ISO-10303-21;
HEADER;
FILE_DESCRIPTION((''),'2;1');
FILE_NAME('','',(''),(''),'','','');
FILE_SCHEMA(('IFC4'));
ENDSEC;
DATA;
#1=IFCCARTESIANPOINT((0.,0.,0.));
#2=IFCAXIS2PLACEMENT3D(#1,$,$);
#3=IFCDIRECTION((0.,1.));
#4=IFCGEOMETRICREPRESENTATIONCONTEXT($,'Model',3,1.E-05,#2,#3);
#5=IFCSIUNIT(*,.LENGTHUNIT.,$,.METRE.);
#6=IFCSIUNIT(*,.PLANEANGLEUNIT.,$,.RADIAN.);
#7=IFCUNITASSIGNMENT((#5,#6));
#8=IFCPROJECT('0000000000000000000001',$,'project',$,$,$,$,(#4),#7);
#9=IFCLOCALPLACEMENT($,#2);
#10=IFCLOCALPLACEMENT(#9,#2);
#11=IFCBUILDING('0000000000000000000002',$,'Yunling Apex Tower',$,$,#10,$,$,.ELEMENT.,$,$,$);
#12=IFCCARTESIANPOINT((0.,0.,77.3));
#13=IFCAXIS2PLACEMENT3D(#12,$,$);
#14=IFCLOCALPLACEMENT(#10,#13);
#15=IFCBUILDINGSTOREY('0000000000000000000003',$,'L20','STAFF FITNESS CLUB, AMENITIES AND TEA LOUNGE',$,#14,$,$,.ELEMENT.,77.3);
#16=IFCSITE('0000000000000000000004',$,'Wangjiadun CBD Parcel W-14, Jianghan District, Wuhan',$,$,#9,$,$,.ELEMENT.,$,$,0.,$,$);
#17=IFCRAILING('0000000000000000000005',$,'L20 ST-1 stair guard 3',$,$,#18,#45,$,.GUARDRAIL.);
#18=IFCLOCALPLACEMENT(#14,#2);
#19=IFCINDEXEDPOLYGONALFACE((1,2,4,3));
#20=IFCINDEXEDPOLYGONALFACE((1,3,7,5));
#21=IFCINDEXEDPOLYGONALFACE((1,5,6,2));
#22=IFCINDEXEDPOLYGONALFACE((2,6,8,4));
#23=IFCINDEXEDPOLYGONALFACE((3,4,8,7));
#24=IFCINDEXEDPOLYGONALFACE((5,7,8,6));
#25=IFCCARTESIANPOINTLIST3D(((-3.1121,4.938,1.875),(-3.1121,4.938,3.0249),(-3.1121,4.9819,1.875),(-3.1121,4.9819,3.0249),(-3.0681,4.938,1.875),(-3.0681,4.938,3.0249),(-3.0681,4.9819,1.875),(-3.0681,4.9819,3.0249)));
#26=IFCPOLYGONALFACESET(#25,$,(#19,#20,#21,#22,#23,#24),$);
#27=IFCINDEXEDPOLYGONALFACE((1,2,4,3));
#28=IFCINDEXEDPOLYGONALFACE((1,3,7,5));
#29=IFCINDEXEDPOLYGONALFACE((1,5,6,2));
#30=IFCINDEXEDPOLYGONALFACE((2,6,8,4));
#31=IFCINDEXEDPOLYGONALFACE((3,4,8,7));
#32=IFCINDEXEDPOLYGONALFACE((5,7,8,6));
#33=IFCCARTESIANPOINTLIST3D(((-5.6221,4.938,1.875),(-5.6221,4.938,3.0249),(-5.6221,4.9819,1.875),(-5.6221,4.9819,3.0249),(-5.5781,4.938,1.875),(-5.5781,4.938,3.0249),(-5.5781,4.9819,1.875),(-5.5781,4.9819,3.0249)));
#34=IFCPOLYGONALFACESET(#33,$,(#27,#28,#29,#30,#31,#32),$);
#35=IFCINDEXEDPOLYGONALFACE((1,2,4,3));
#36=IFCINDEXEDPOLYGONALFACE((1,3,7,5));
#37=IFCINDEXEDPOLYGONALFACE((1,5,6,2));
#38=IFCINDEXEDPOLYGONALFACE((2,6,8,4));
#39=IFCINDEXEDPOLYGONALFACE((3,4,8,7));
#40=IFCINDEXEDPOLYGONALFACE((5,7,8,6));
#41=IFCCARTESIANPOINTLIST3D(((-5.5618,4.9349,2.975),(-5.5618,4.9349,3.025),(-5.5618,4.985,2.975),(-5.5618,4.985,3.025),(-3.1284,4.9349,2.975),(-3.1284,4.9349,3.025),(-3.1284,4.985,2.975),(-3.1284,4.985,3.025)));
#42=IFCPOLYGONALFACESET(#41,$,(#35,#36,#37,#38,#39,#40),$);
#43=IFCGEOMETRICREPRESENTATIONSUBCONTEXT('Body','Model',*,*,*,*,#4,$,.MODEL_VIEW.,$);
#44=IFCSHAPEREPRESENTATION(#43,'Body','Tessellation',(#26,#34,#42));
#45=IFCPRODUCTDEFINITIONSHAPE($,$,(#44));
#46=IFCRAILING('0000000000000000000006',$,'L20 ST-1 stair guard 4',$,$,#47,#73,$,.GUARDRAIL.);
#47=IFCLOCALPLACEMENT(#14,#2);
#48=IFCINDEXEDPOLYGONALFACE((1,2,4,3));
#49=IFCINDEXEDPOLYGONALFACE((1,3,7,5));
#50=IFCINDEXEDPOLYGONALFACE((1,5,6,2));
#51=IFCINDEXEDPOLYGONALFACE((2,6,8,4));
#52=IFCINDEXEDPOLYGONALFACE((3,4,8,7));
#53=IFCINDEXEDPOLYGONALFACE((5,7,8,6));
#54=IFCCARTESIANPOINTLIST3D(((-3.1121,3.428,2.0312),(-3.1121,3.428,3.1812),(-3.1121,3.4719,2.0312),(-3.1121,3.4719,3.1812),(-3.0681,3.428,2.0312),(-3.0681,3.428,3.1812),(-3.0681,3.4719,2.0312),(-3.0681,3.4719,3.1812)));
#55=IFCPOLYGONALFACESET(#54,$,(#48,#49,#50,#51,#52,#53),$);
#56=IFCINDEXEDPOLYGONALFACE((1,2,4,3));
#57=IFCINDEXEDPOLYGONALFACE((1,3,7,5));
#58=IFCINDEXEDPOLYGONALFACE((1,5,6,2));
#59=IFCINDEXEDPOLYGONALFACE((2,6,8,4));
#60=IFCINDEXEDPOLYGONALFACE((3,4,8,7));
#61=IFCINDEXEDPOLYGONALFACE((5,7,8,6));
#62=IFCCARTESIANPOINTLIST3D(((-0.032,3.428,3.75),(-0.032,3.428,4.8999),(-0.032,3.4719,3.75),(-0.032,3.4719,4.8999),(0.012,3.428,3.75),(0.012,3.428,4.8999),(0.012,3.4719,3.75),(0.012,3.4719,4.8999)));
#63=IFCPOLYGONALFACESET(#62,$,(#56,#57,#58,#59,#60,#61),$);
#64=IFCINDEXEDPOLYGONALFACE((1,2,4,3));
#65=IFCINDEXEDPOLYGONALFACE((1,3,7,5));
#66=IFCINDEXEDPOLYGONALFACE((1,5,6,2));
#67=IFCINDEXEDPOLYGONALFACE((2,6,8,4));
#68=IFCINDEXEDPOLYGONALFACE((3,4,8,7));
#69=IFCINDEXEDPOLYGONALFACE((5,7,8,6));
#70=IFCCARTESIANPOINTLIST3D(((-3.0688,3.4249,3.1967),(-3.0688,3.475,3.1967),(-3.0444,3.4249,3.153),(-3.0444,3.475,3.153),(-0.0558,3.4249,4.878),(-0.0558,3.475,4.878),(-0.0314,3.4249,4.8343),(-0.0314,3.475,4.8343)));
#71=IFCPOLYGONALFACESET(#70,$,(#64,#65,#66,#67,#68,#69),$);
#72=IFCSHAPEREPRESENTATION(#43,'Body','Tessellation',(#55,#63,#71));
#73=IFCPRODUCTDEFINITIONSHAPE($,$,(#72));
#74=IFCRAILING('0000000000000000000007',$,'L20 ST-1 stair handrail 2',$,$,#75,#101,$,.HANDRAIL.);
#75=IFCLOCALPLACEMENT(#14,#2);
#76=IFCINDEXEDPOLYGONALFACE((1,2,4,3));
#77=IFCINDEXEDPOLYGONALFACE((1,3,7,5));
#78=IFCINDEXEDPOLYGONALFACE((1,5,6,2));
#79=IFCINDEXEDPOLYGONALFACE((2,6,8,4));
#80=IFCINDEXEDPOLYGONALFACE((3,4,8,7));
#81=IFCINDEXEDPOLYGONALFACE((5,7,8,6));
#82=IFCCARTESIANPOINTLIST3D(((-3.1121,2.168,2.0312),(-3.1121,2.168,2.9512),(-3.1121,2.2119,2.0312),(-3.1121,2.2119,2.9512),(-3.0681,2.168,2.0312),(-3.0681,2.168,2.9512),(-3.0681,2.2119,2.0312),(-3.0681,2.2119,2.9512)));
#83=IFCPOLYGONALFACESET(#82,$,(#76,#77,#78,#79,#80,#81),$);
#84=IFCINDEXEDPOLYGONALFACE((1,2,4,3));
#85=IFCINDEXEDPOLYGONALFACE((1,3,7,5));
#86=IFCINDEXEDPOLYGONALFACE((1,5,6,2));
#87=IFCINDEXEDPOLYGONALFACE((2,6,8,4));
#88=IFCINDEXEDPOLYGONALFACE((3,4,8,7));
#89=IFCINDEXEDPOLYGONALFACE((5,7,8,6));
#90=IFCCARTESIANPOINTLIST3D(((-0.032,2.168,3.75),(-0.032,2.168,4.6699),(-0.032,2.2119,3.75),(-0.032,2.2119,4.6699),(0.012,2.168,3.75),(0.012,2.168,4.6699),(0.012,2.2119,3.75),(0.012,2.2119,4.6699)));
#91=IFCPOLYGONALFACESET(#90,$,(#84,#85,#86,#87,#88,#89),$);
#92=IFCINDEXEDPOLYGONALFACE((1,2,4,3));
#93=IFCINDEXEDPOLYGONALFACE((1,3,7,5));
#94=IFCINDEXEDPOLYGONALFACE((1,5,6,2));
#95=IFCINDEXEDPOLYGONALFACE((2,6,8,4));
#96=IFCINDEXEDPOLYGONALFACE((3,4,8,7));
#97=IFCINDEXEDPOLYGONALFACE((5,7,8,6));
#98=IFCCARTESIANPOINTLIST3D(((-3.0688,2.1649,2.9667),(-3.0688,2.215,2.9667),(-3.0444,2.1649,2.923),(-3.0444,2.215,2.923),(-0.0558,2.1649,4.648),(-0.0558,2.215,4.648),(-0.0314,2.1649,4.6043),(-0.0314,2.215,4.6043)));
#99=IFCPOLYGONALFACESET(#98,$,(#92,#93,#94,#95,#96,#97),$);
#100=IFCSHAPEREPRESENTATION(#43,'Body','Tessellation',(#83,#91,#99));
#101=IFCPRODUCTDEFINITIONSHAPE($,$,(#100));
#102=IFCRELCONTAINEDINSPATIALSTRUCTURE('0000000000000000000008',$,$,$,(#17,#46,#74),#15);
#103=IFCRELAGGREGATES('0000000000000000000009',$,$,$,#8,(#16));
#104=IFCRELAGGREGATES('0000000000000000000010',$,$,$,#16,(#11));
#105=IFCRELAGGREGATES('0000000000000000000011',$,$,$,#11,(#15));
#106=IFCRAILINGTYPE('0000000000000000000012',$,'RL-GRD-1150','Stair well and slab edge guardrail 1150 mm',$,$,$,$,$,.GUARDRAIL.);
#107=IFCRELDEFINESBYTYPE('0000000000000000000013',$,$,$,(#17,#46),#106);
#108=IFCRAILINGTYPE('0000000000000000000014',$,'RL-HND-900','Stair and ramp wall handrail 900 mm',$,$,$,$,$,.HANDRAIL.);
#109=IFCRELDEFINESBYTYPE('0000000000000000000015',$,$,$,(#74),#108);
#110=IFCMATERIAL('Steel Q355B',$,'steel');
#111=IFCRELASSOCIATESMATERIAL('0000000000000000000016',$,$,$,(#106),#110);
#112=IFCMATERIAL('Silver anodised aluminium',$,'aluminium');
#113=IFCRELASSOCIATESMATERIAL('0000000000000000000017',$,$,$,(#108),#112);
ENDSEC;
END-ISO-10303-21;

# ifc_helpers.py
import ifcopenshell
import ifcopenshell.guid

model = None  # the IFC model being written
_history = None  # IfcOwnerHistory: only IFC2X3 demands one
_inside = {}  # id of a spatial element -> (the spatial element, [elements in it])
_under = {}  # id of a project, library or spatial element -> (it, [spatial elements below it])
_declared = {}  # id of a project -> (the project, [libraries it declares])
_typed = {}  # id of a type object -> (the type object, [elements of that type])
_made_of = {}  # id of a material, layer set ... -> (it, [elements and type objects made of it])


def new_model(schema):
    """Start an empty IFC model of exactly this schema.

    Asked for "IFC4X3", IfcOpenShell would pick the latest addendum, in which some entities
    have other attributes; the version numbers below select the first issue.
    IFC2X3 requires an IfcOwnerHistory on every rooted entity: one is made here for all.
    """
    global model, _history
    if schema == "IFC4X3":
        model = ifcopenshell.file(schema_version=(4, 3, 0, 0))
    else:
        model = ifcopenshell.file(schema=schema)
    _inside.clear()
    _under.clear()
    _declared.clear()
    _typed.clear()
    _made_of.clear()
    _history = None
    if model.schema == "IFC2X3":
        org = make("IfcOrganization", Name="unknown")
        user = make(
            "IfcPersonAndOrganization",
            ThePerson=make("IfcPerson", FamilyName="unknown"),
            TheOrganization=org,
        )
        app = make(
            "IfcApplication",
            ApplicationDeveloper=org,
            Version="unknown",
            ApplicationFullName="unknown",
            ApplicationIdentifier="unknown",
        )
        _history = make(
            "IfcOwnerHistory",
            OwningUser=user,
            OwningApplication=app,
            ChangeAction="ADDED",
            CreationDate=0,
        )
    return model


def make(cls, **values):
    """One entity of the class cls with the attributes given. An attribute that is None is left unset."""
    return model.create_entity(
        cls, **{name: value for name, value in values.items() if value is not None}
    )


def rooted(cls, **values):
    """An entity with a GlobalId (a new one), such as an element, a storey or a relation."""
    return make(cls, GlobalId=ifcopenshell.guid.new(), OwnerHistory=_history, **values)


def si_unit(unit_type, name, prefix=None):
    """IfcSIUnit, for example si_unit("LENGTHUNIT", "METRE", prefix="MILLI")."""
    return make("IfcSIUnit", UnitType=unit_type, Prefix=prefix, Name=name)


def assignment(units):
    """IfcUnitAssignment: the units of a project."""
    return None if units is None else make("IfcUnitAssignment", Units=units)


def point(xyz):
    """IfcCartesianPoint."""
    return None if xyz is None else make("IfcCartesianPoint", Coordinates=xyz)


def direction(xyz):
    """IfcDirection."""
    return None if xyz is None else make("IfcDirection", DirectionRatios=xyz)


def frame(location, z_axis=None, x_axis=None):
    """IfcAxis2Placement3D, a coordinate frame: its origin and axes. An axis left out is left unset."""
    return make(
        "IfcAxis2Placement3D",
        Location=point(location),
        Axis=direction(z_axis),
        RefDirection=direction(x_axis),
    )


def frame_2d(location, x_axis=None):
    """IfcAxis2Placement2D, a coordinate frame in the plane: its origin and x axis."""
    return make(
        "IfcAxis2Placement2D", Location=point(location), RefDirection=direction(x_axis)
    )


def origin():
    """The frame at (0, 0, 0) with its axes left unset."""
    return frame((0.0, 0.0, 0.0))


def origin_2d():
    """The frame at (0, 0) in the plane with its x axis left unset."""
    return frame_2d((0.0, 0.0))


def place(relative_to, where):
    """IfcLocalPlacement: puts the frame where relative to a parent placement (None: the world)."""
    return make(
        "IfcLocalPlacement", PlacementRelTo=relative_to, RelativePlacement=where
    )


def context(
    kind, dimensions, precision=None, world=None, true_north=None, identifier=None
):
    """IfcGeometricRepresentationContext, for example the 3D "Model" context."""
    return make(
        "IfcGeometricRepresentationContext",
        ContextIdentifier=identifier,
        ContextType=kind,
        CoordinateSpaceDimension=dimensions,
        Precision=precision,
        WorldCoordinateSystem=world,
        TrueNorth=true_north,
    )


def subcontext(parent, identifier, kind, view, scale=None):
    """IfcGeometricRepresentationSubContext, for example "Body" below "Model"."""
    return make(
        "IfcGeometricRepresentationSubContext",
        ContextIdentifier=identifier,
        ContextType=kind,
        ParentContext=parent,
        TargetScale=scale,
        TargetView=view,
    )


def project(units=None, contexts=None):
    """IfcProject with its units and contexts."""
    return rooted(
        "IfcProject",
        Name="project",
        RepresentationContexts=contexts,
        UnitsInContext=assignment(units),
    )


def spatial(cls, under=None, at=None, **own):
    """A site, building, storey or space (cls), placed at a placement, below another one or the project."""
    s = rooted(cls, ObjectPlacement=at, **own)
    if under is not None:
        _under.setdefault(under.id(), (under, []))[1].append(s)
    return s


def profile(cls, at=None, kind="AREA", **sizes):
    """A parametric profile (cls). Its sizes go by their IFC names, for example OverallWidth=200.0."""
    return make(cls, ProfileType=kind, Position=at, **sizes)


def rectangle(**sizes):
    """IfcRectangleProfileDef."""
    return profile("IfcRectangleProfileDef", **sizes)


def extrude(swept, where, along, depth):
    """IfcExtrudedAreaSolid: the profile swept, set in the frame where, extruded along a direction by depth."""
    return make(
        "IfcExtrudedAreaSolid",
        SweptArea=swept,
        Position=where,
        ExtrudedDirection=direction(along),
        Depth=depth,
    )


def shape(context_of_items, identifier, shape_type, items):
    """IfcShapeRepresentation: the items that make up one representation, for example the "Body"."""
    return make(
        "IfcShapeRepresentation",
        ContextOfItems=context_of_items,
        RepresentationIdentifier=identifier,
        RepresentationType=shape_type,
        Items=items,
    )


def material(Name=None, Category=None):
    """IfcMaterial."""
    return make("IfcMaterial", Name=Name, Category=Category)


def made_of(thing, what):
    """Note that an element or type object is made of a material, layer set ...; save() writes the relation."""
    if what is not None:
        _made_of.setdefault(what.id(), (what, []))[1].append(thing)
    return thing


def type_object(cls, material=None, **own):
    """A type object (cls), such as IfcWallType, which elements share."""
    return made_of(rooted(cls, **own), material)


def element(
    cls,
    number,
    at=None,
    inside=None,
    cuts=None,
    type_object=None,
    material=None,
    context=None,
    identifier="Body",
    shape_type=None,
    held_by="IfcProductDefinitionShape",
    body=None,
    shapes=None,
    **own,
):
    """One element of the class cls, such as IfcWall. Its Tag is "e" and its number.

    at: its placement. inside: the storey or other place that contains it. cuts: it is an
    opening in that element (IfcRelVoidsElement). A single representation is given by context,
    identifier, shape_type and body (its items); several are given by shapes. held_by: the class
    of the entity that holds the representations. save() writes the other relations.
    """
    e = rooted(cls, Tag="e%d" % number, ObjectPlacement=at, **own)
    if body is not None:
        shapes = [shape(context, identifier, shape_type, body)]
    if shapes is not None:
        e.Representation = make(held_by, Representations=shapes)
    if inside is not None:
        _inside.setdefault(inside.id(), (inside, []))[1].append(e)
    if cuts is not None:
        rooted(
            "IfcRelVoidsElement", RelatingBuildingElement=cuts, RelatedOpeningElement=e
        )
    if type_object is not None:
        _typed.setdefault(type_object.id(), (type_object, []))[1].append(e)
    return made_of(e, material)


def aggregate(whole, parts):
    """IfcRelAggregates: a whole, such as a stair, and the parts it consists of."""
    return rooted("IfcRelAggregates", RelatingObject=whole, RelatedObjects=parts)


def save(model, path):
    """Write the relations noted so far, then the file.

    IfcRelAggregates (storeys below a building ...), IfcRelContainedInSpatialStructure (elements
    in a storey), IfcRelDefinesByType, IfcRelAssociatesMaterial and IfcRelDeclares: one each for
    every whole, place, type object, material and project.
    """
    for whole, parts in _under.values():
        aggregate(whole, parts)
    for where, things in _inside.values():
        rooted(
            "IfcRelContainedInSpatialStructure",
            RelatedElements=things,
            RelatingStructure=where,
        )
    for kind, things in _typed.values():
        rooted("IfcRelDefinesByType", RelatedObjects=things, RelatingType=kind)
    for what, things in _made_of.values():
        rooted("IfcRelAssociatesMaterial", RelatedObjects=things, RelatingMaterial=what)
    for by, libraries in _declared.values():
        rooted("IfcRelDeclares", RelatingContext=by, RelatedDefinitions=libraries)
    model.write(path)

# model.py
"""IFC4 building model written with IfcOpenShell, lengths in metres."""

from ifc_helpers import new_model, si_unit, direction, frame, origin, origin_2d, place, context, subcontext, project, spatial, rectangle, extrude, material, type_object, element, save


model = new_model("IFC4")

# Units and contexts
model_context = context("Model", 3, precision=1e-05, world=origin(), true_north=direction((0.0, 1.0)))
body_context = subcontext(model_context, "Body", "Model", "MODEL_VIEW")
ifc_project = project(units=[si_unit("LENGTHUNIT", "METRE"), si_unit("PLANEANGLEUNIT", "RADIAN")], contexts=[model_context])

# Site, building, storey
site_placement = place(None, origin())
site = spatial("IfcSite", under=ifc_project, at=site_placement, Name="Wangjiadun CBD Parcel W-14, Jianghan District, Wuhan", CompositionType="ELEMENT", RefElevation=0.0)
building_placement = place(site_placement, origin())
building = spatial("IfcBuilding", under=site, at=building_placement, Name="Yunling Apex Tower", CompositionType="ELEMENT")
storey_placement = place(building_placement, frame((0.0, 0.0, 77.3)))
storey = spatial("IfcBuildingStorey", under=building, at=storey_placement, Name="L20", Description="STAFF FITNESS CLUB, AMENITIES AND TEA LOUNGE", CompositionType="ELEMENT", Elevation=77.3)

# Shared definitions
ifc_material_1 = material(Name="Steel Q355B", Category="steel")

# Shared definitions
ifc_material_2 = material(Name="Silver anodised aluminium", Category="aluminium")

# Railings
railing_type_1 = type_object("IfcRailingType", Name="RL-GRD-1150", Description="Stair well and slab edge guardrail 1150 mm", PredefinedType="GUARDRAIL", material=ifc_material_1)
railing_1_placement = place(storey_placement, frame((-3.0901, 4.96, 1.875)))
element("IfcRailing", 1, at=railing_1_placement, inside=storey, type_object=railing_type_1, Name="L20 ST-1 stair guard 3", PredefinedType="GUARDRAIL", context=body_context, shape_type="SweptSolid", body=[
    extrude(rectangle(XDim=0.0439, YDim=0.0439, at=origin_2d()), origin(), (0.0, 0.0, 1.0), 1.1499),
    extrude(rectangle(XDim=0.0439, YDim=0.0439, at=origin_2d()), frame((-2.51, 0.0, 0.0)), (0.0, 0.0, 1.0), 1.1499),
    extrude(rectangle(XDim=0.05, YDim=0.05, at=origin_2d()), frame((-0.0383, 0.0, 1.125), z_axis=(-1.0, 0.0, 0.0), x_axis=(0.0, -1.0, 0.0)), (0.0, 0.0, 1.0), 2.4333),
])
railing_2_placement = place(storey_placement, frame((-3.0901, 3.45, 2.0312)))
element("IfcRailing", 2, at=railing_2_placement, inside=storey, type_object=railing_type_1, Name="L20 ST-1 stair guard 4", PredefinedType="GUARDRAIL", context=body_context, shape_type="SweptSolid", body=[
    extrude(rectangle(XDim=0.0439, YDim=0.0439, at=origin_2d()), origin(), (0.0, 0.0, 1.0), 1.1499),
    extrude(rectangle(XDim=0.0439, YDim=0.0439, at=origin_2d()), frame((3.0801, 0.0, 1.7188)), (0.0, 0.0, 1.0), 1.1499),
    extrude(rectangle(XDim=0.05, YDim=0.05, at=origin_2d()), frame((0.0334, 0.0, 1.1436), z_axis=(0.873242, 0.0, 0.487288), x_axis=(0.0, 1.0, 0.0)), (0.0, 0.0, 1.0), 3.4504),
])
railing_type_2 = type_object("IfcRailingType", Name="RL-HND-900", Description="Stair and ramp wall handrail 900 mm", PredefinedType="HANDRAIL", material=ifc_material_2)
railing_3_placement = place(storey_placement, frame((-3.0901, 2.1899, 2.0312)))
element("IfcRailing", 3, at=railing_3_placement, inside=storey, type_object=railing_type_2, Name="L20 ST-1 stair handrail 2", PredefinedType="HANDRAIL", context=body_context, shape_type="SweptSolid", body=[
    extrude(rectangle(XDim=0.0439, YDim=0.0439, at=origin_2d()), origin(), (0.0, 0.0, 1.0), 0.9199),
    extrude(rectangle(XDim=0.0439, YDim=0.0439, at=origin_2d()), frame((3.0801, 0.0, 1.7188)), (0.0, 0.0, 1.0), 0.9199),
    extrude(rectangle(XDim=0.05, YDim=0.05, at=origin_2d()), frame((0.0334, 0.0, 0.9136), z_axis=(0.873242, 0.0, 0.487288), x_axis=(0.0, 1.0, 0.0)), (0.0, 0.0, 1.0), 3.4504),
])

save(model, "model.ifc")
